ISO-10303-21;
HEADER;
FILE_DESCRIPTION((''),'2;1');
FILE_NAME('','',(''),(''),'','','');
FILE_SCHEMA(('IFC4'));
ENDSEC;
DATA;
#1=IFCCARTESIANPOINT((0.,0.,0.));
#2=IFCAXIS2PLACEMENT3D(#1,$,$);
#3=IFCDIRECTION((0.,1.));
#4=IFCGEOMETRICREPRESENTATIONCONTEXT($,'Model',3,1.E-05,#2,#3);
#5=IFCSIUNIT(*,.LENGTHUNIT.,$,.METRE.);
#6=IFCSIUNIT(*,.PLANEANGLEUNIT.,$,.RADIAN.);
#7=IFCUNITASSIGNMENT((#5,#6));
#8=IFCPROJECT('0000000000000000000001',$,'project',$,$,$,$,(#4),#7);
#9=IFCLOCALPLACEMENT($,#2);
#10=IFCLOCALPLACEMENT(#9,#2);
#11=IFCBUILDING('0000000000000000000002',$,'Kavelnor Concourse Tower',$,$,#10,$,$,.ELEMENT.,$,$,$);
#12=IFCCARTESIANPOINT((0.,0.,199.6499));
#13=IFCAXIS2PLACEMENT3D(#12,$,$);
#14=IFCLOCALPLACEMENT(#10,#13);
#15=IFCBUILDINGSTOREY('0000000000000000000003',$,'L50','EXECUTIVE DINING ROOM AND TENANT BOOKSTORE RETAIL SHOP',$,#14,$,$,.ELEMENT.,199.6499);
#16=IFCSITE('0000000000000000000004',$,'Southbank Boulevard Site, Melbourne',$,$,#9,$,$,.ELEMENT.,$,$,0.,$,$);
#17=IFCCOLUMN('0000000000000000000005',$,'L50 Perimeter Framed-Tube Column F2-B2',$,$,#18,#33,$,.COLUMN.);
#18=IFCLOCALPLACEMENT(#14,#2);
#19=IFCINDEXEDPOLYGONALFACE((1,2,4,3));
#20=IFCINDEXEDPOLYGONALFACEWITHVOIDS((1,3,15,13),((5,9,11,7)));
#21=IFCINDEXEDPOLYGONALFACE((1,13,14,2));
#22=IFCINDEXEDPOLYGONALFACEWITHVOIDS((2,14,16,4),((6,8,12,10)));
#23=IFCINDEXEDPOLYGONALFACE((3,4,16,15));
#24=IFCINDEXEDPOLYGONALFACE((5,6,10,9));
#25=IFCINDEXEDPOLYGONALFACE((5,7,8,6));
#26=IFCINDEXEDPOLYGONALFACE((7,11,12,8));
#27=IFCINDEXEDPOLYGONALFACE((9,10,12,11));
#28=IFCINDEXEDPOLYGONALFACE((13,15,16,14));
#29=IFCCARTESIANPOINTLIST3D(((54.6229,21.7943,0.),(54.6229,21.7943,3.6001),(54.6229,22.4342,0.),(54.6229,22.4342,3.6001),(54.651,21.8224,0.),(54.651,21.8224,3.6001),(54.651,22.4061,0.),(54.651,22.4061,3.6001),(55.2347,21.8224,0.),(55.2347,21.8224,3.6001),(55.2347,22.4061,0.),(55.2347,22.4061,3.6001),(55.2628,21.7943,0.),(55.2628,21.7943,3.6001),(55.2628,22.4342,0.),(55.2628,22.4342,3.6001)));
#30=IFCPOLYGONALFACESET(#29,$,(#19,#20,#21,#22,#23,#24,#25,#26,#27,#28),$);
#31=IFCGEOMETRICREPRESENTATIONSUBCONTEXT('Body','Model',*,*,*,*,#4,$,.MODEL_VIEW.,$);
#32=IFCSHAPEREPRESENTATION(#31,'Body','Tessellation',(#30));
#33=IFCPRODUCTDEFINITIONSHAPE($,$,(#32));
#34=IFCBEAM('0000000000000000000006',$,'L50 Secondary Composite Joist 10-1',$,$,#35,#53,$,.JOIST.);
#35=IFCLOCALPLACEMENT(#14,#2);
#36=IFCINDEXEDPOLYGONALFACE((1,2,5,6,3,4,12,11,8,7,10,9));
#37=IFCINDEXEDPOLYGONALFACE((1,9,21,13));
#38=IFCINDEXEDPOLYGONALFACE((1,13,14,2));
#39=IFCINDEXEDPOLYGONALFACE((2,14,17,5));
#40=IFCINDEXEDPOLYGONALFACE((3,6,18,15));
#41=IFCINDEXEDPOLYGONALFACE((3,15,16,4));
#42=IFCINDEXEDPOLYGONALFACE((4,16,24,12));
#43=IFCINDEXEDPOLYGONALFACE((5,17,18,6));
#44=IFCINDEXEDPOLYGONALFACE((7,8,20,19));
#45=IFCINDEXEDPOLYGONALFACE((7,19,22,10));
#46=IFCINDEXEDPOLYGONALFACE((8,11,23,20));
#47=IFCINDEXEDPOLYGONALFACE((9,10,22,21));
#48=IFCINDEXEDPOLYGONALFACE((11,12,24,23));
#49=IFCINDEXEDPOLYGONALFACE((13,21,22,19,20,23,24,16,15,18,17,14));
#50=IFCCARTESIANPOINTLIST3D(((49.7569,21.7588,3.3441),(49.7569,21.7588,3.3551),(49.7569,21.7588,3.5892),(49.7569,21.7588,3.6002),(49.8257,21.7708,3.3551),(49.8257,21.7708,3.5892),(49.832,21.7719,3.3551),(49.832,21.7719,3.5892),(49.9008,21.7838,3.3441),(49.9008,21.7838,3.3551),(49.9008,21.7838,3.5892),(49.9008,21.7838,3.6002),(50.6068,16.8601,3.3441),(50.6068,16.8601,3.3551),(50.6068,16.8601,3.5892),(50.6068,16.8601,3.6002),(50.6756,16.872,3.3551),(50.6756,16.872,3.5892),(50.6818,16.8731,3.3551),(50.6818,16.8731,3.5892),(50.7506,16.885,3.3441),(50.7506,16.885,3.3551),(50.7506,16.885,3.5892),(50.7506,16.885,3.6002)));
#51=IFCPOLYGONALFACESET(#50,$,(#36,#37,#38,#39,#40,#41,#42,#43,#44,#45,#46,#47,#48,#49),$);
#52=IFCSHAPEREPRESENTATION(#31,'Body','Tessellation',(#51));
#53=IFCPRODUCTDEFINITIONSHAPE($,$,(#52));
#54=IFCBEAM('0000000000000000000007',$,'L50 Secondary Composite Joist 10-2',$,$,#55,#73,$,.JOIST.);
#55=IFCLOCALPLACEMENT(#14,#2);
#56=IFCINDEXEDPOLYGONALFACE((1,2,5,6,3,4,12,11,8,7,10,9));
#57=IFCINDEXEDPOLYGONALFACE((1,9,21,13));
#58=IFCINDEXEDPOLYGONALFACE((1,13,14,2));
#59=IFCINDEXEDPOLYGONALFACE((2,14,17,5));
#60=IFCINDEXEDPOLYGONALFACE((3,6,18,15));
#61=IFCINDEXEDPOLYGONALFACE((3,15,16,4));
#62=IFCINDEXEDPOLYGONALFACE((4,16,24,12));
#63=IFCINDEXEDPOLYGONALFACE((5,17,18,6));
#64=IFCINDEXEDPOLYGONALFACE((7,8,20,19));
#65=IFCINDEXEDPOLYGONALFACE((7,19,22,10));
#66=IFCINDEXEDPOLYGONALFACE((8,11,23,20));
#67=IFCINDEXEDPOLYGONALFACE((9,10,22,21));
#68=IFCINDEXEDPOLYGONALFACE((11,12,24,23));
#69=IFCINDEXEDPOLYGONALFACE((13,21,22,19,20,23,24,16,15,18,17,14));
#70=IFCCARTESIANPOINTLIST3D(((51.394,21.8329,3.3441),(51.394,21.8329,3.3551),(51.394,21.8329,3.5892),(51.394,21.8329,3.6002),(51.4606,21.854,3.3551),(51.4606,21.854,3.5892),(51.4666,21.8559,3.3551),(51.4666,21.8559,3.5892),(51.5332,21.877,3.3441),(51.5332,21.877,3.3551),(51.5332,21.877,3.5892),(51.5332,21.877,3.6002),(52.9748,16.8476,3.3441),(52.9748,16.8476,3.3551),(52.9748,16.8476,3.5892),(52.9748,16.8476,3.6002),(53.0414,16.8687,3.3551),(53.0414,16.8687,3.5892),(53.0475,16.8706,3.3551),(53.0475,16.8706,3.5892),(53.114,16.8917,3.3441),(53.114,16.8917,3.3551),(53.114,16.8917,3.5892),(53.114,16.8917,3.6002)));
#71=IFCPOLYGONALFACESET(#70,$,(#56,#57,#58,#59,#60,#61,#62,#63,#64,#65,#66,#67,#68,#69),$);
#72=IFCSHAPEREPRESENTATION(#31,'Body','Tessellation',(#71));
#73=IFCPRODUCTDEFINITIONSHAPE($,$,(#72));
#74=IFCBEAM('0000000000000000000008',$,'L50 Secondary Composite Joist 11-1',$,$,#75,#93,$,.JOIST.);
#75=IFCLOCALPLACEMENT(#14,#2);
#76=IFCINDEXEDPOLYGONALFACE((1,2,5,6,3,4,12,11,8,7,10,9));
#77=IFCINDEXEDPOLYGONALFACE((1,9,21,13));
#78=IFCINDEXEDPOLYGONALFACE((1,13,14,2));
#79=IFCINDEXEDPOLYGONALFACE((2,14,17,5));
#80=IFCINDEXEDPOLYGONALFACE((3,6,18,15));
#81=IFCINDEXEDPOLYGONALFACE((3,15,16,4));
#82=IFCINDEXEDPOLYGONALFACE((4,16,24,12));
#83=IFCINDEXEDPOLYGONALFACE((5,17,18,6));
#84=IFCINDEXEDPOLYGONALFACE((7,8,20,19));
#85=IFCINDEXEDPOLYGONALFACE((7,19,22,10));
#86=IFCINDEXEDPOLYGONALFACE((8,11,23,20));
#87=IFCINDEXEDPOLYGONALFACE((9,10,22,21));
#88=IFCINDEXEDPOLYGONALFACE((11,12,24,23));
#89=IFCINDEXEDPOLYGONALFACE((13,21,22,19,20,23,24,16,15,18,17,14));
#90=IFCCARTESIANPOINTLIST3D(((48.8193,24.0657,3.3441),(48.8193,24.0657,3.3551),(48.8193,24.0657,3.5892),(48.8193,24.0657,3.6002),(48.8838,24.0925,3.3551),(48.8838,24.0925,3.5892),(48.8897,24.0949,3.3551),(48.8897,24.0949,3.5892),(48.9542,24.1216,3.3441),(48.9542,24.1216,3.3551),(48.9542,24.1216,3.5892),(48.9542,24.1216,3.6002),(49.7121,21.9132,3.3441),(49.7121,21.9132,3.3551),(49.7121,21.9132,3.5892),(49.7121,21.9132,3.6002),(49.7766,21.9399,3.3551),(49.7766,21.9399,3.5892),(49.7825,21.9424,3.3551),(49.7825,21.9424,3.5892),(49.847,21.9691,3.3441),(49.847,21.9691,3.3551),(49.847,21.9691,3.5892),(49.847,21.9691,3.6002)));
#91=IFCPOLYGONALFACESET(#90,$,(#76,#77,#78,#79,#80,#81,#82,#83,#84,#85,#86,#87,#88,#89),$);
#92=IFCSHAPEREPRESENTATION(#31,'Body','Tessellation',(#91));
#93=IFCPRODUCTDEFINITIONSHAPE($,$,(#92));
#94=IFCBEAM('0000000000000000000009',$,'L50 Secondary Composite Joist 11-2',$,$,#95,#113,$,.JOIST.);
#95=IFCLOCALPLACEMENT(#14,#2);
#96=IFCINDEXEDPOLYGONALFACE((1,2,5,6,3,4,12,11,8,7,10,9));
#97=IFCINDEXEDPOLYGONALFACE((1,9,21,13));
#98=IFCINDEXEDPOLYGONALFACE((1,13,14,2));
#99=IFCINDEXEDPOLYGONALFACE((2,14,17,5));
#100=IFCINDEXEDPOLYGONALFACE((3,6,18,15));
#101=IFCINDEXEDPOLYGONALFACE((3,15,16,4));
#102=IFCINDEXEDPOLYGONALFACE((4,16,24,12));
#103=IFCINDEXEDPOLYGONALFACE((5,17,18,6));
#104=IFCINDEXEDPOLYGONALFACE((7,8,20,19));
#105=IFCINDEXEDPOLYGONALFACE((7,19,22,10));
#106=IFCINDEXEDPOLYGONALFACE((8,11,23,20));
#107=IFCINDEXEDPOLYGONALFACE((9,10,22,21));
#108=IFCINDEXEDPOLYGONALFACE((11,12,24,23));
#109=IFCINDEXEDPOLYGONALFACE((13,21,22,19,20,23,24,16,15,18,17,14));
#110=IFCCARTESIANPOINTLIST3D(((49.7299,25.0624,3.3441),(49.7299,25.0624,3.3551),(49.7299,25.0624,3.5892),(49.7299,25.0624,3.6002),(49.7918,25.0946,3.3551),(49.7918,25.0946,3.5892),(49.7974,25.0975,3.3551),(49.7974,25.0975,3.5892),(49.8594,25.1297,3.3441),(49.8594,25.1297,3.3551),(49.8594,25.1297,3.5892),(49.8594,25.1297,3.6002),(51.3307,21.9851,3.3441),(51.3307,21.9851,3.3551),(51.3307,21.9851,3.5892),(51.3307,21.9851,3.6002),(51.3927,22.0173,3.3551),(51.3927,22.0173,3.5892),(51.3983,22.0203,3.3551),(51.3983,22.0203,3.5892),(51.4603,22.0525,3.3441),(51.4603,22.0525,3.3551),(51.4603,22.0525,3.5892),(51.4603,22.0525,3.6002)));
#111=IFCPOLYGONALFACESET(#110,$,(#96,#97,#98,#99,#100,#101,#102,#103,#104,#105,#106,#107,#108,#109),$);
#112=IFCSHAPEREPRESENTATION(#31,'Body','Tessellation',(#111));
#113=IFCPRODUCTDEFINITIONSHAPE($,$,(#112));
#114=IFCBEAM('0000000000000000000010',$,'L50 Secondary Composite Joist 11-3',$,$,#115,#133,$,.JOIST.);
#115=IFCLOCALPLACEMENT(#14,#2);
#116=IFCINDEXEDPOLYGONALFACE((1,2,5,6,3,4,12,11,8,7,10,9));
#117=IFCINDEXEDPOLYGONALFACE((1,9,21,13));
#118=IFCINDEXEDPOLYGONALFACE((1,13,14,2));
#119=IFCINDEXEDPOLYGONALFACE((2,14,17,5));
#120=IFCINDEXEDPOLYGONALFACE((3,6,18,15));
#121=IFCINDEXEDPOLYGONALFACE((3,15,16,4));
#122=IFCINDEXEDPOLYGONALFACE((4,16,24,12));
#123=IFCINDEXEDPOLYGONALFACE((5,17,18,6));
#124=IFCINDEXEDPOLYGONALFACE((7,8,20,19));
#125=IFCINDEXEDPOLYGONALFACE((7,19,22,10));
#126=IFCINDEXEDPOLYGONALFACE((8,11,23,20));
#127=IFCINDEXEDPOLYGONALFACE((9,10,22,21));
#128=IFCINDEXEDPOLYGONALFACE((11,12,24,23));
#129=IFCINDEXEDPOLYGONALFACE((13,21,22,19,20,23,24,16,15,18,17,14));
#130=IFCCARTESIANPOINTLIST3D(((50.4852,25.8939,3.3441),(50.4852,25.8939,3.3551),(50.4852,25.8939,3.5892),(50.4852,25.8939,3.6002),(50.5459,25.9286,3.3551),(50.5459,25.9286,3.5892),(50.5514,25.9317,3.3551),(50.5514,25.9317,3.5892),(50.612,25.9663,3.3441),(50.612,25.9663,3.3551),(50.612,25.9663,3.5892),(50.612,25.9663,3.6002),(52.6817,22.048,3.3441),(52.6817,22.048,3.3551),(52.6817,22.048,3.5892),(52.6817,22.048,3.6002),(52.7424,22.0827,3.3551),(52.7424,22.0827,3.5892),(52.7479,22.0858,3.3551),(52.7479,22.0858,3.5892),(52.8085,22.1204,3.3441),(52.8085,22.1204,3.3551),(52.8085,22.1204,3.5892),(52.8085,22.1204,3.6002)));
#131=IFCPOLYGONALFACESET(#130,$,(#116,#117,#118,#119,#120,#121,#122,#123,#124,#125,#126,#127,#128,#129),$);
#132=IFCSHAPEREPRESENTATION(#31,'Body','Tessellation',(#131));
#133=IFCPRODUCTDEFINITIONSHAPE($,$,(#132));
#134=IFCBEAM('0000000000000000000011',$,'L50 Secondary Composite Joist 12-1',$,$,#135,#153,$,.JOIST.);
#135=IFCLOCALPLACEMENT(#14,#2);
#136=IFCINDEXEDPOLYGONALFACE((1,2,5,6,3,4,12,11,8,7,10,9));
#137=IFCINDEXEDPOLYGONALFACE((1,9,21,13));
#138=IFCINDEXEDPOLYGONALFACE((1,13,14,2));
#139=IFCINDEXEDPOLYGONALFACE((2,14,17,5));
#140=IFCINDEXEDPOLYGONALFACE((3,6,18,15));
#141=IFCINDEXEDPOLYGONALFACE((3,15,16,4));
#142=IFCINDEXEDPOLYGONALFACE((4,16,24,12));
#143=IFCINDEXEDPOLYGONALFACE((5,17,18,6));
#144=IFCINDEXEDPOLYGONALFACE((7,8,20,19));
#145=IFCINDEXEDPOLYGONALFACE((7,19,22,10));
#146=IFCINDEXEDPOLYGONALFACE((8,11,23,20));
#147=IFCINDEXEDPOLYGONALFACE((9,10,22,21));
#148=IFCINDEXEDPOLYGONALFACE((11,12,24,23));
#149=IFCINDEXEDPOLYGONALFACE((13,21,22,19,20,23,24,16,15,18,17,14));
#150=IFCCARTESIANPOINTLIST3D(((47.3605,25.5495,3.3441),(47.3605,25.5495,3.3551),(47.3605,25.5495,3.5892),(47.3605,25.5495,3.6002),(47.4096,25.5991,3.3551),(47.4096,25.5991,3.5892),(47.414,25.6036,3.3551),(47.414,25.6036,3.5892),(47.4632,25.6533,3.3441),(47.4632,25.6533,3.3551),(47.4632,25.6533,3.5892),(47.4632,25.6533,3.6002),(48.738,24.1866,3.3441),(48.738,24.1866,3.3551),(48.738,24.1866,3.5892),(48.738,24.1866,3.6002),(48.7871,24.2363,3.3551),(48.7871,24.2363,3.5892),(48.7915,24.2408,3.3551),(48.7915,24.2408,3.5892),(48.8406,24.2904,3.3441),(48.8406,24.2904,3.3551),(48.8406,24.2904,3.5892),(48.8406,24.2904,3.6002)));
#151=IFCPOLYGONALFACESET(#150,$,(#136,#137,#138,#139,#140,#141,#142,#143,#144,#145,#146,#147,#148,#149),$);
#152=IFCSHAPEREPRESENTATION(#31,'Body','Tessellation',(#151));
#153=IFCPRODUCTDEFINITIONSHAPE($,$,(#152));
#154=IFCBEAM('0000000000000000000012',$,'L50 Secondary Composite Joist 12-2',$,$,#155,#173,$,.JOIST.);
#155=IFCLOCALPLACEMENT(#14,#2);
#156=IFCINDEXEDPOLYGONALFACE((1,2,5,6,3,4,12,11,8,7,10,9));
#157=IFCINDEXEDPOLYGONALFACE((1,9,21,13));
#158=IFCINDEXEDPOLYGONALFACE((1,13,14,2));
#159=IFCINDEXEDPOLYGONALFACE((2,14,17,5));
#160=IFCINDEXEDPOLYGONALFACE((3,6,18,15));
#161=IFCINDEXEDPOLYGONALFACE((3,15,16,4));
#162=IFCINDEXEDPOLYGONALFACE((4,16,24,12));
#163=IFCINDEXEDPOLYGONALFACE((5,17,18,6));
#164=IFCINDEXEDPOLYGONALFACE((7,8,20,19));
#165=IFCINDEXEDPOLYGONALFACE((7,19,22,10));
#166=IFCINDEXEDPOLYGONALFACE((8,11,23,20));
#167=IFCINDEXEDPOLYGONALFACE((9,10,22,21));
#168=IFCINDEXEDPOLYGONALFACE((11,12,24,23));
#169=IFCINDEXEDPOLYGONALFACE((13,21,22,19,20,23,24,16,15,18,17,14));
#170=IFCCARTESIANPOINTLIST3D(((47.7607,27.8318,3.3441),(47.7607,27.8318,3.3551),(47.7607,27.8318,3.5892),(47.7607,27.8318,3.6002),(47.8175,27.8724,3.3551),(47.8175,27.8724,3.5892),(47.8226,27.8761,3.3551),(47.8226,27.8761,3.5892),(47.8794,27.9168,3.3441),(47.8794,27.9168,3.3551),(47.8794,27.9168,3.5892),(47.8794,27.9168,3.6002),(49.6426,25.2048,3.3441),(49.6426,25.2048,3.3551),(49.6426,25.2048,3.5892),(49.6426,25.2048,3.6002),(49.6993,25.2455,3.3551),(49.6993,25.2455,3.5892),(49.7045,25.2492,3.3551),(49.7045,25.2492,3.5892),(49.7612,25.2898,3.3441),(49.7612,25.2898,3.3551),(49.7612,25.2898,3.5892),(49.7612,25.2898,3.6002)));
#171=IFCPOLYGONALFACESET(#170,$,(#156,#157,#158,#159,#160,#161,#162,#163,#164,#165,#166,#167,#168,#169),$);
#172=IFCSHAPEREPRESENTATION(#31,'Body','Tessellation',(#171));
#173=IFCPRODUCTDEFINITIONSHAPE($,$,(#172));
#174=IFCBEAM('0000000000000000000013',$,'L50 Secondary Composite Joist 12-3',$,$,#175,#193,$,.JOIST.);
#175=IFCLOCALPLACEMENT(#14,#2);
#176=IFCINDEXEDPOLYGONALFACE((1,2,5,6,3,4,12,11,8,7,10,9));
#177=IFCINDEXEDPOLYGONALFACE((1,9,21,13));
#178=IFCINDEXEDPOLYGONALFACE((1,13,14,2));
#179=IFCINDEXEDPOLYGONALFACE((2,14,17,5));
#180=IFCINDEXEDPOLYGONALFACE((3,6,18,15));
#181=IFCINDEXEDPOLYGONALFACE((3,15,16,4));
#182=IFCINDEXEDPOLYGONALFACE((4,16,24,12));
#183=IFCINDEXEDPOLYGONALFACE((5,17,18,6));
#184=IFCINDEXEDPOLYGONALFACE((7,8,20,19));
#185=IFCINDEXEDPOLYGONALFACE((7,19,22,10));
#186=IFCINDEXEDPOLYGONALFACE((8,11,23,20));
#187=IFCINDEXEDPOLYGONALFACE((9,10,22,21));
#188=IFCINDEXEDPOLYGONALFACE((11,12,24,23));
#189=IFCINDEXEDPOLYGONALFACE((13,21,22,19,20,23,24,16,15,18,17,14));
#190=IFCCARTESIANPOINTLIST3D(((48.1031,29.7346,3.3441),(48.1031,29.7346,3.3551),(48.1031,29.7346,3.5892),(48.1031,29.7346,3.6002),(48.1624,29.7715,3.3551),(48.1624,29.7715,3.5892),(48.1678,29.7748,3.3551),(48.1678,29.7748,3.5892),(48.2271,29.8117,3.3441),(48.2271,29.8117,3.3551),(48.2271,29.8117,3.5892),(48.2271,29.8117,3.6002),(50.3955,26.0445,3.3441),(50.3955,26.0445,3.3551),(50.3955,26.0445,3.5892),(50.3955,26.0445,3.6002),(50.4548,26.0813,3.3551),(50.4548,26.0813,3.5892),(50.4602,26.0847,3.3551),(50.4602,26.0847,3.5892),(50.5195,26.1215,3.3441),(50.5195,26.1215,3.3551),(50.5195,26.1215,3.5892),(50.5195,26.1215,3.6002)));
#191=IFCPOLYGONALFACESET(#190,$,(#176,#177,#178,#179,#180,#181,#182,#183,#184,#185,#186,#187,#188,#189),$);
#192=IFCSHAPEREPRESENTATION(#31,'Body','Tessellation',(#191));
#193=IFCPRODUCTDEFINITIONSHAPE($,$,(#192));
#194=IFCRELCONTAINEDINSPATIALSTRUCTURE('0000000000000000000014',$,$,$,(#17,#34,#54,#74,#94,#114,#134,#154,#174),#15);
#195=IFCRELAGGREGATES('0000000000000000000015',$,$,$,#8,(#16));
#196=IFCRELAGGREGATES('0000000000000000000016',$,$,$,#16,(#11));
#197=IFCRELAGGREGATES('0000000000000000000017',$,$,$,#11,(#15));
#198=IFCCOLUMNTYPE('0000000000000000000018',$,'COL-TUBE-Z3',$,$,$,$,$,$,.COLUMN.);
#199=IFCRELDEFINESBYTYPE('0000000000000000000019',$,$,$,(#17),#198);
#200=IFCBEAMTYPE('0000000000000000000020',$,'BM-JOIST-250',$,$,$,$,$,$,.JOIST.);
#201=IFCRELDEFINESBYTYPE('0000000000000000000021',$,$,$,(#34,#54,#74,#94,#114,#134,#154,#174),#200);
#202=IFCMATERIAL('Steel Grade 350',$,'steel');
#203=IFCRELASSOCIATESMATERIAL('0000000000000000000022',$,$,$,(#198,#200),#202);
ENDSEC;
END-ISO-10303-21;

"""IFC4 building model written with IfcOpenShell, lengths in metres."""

from ifc_helpers import new_model, si_unit, direction, frame, origin, origin_2d, place, context, subcontext, project, spatial, hollow_rectangle, i_section, extrude, material, material_profile, profile_set, type_object, element, save


model = new_model("IFC4")

# Units and contexts
model_context = context("Model", 3, precision=1e-05, world=origin(), true_north=direction((0.0, 1.0)))
body_context = subcontext(model_context, "Body", "Model", "MODEL_VIEW")
ifc_project = project(units=[si_unit("LENGTHUNIT", "METRE"), si_unit("PLANEANGLEUNIT", "RADIAN")], contexts=[model_context])

# Site, building, storey
site_placement = place(None, origin())
site = spatial("IfcSite", under=ifc_project, at=site_placement, Name="Southbank Boulevard Site, Melbourne", CompositionType="ELEMENT", RefElevation=0.0)
building_placement = place(site_placement, origin())
building = spatial("IfcBuilding", under=site, at=building_placement, Name="Kavelnor Concourse Tower", CompositionType="ELEMENT")
storey_placement = place(building_placement, frame((0.0, 0.0, 199.6499)))
storey = spatial("IfcBuildingStorey", under=building, at=storey_placement, Name="L50", Description="EXECUTIVE DINING ROOM AND TENANT BOOKSTORE RETAIL SHOP", CompositionType="ELEMENT", Elevation=199.6499)

# Column
ifc_material_1 = material(Name="Steel Grade 350", Category="steel")
ifc_material_profile_1 = material_profile(ifc_material_1, hollow_rectangle(XDim=0.6399, YDim=0.6399, WallThickness=0.0281, at=origin_2d()), Name="SHS 640x640x28")
ifc_profile_set_1 = profile_set([ifc_material_profile_1], Name="Steel Grade 350")
column_type = type_object("IfcColumnType", Name="COL-TUBE-Z3", PredefinedType="COLUMN", material=ifc_profile_set_1)
column_placement = place(storey_placement, frame((54.9429, 22.1143, 0.0), z_axis=(0.0, 0.0, 1.0), x_axis=(1.0, 0.0, 0.0)))
element("IfcColumn", 1, at=column_placement, inside=storey, type_object=column_type, Name="L50 Perimeter Framed-Tube Column F2-B2", PredefinedType="COLUMN", context=body_context, shape_type="SweptSolid", body=[
    extrude(hollow_rectangle(XDim=0.6399, YDim=0.6399, WallThickness=0.0281, at=origin_2d()), origin(), (0.0, 0.0, 1.0), 3.6001),
])

# Beams
ifc_material_profile_2 = material_profile(ifc_material_1, i_section(OverallWidth=0.146, OverallDepth=0.2561, WebThickness=0.0063, FlangeThickness=0.011, at=origin_2d()), Name="250UB37")
ifc_profile_set_2 = profile_set([ifc_material_profile_2], Name="Steel Grade 350")
beam_type_1 = type_object("IfcBeamType", Name="BM-JOIST-250", PredefinedType="JOIST", material=ifc_profile_set_2)
beam_1_placement = place(storey_placement, frame((50.6787, 16.8726, 3.4722), z_axis=(-0.170933, 0.985283, 0.0), x_axis=(-0.985283, -0.170933, 0.0)))
element("IfcBeam", 2, at=beam_1_placement, inside=storey, type_object=beam_type_1, Name="L50 Secondary Composite Joist 10-1", PredefinedType="JOIST", context=body_context, shape_type="SweptSolid", body=[
    extrude(i_section(OverallWidth=0.146, OverallDepth=0.2561, WebThickness=0.0063, FlangeThickness=0.011, at=origin_2d()), origin(), (0.0, 0.0, 1.0), 4.9719),
])
beam_2_placement = place(storey_placement, frame((53.0444, 16.8696, 3.4722), z_axis=(-0.302259, 0.953226, 0.0), x_axis=(-0.953226, -0.302259, 0.0)))
element("IfcBeam", 3, at=beam_2_placement, inside=storey, type_object=beam_type_1, Name="L50 Secondary Composite Joist 10-2", PredefinedType="JOIST", context=body_context, shape_type="SweptSolid", body=[
    extrude(i_section(OverallWidth=0.146, OverallDepth=0.2561, WebThickness=0.0063, FlangeThickness=0.011, at=origin_2d()), origin(), (0.0, 0.0, 1.0), 5.23),
])
beam_3_placement = place(storey_placement, frame((49.7795, 21.9412, 3.4722), z_axis=(-0.38312, 0.923699, 0.0), x_axis=(-0.923699, -0.38312, 0.0)))
element("IfcBeam", 4, at=beam_3_placement, inside=storey, type_object=beam_type_1, Name="L50 Secondary Composite Joist 11-1", PredefinedType="JOIST", context=body_context, shape_type="SweptSolid", body=[
    extrude(i_section(OverallWidth=0.146, OverallDepth=0.2561, WebThickness=0.0063, FlangeThickness=0.011, at=origin_2d()), origin(), (0.0, 0.0, 1.0), 2.3303),
])
beam_4_placement = place(storey_placement, frame((51.3955, 22.0188, 3.4722), z_axis=(-0.461515, 0.887133, 0.0), x_axis=(-0.887133, -0.461515, 0.0)))
element("IfcBeam", 5, at=beam_4_placement, inside=storey, type_object=beam_type_1, Name="L50 Secondary Composite Joist 11-2", PredefinedType="JOIST", context=body_context, shape_type="SweptSolid", body=[
    extrude(i_section(OverallWidth=0.146, OverallDepth=0.2561, WebThickness=0.0063, FlangeThickness=0.011, at=origin_2d()), origin(), (0.0, 0.0, 1.0), 3.4688),
])
beam_5_placement = place(storey_placement, frame((52.7451, 22.0842, 3.4722), z_axis=(-0.495943, 0.868355, 0.0), x_axis=(-0.868355, -0.495943, 0.0)))
element("IfcBeam", 6, at=beam_5_placement, inside=storey, type_object=beam_type_1, Name="L50 Secondary Composite Joist 11-3", PredefinedType="JOIST", context=body_context, shape_type="SweptSolid", body=[
    extrude(i_section(OverallWidth=0.146, OverallDepth=0.2561, WebThickness=0.0063, FlangeThickness=0.011, at=origin_2d()), origin(), (0.0, 0.0, 1.0), 4.429),
])
beam_6_placement = place(storey_placement, frame((48.7893, 24.2385, 3.4722), z_axis=(-0.710877, 0.703317, 0.0), x_axis=(-0.703317, -0.710877, 0.0)))
element("IfcBeam", 7, at=beam_6_placement, inside=storey, type_object=beam_type_1, Name="L50 Secondary Composite Joist 12-1", PredefinedType="JOIST", context=body_context, shape_type="SweptSolid", body=[
    extrude(i_section(OverallWidth=0.146, OverallDepth=0.2561, WebThickness=0.0063, FlangeThickness=0.011, at=origin_2d()), origin(), (0.0, 0.0, 1.0), 1.9377),
])
beam_7_placement = place(storey_placement, frame((49.7019, 25.2473, 3.4722), z_axis=(-0.582353, 0.812936, 0.0), x_axis=(-0.812936, -0.582353, 0.0)))
element("IfcBeam", 8, at=beam_7_placement, inside=storey, type_object=beam_type_1, Name="L50 Secondary Composite Joist 12-2", PredefinedType="JOIST", context=body_context, shape_type="SweptSolid", body=[
    extrude(i_section(OverallWidth=0.146, OverallDepth=0.2561, WebThickness=0.0063, FlangeThickness=0.011, at=origin_2d()), origin(), (0.0, 0.0, 1.0), 3.2314),
])
beam_8_placement = place(storey_placement, frame((50.4575, 26.083, 3.4722), z_axis=(-0.527699, 0.849432, 0.0), x_axis=(-0.849432, -0.527699, 0.0)))
element("IfcBeam", 9, at=beam_8_placement, inside=storey, type_object=beam_type_1, Name="L50 Secondary Composite Joist 12-3", PredefinedType="JOIST", context=body_context, shape_type="SweptSolid", body=[
    extrude(i_section(OverallWidth=0.146, OverallDepth=0.2561, WebThickness=0.0063, FlangeThickness=0.011, at=origin_2d()), origin(), (0.0, 0.0, 1.0), 4.3442),
])

save(model, "model.ifc")
